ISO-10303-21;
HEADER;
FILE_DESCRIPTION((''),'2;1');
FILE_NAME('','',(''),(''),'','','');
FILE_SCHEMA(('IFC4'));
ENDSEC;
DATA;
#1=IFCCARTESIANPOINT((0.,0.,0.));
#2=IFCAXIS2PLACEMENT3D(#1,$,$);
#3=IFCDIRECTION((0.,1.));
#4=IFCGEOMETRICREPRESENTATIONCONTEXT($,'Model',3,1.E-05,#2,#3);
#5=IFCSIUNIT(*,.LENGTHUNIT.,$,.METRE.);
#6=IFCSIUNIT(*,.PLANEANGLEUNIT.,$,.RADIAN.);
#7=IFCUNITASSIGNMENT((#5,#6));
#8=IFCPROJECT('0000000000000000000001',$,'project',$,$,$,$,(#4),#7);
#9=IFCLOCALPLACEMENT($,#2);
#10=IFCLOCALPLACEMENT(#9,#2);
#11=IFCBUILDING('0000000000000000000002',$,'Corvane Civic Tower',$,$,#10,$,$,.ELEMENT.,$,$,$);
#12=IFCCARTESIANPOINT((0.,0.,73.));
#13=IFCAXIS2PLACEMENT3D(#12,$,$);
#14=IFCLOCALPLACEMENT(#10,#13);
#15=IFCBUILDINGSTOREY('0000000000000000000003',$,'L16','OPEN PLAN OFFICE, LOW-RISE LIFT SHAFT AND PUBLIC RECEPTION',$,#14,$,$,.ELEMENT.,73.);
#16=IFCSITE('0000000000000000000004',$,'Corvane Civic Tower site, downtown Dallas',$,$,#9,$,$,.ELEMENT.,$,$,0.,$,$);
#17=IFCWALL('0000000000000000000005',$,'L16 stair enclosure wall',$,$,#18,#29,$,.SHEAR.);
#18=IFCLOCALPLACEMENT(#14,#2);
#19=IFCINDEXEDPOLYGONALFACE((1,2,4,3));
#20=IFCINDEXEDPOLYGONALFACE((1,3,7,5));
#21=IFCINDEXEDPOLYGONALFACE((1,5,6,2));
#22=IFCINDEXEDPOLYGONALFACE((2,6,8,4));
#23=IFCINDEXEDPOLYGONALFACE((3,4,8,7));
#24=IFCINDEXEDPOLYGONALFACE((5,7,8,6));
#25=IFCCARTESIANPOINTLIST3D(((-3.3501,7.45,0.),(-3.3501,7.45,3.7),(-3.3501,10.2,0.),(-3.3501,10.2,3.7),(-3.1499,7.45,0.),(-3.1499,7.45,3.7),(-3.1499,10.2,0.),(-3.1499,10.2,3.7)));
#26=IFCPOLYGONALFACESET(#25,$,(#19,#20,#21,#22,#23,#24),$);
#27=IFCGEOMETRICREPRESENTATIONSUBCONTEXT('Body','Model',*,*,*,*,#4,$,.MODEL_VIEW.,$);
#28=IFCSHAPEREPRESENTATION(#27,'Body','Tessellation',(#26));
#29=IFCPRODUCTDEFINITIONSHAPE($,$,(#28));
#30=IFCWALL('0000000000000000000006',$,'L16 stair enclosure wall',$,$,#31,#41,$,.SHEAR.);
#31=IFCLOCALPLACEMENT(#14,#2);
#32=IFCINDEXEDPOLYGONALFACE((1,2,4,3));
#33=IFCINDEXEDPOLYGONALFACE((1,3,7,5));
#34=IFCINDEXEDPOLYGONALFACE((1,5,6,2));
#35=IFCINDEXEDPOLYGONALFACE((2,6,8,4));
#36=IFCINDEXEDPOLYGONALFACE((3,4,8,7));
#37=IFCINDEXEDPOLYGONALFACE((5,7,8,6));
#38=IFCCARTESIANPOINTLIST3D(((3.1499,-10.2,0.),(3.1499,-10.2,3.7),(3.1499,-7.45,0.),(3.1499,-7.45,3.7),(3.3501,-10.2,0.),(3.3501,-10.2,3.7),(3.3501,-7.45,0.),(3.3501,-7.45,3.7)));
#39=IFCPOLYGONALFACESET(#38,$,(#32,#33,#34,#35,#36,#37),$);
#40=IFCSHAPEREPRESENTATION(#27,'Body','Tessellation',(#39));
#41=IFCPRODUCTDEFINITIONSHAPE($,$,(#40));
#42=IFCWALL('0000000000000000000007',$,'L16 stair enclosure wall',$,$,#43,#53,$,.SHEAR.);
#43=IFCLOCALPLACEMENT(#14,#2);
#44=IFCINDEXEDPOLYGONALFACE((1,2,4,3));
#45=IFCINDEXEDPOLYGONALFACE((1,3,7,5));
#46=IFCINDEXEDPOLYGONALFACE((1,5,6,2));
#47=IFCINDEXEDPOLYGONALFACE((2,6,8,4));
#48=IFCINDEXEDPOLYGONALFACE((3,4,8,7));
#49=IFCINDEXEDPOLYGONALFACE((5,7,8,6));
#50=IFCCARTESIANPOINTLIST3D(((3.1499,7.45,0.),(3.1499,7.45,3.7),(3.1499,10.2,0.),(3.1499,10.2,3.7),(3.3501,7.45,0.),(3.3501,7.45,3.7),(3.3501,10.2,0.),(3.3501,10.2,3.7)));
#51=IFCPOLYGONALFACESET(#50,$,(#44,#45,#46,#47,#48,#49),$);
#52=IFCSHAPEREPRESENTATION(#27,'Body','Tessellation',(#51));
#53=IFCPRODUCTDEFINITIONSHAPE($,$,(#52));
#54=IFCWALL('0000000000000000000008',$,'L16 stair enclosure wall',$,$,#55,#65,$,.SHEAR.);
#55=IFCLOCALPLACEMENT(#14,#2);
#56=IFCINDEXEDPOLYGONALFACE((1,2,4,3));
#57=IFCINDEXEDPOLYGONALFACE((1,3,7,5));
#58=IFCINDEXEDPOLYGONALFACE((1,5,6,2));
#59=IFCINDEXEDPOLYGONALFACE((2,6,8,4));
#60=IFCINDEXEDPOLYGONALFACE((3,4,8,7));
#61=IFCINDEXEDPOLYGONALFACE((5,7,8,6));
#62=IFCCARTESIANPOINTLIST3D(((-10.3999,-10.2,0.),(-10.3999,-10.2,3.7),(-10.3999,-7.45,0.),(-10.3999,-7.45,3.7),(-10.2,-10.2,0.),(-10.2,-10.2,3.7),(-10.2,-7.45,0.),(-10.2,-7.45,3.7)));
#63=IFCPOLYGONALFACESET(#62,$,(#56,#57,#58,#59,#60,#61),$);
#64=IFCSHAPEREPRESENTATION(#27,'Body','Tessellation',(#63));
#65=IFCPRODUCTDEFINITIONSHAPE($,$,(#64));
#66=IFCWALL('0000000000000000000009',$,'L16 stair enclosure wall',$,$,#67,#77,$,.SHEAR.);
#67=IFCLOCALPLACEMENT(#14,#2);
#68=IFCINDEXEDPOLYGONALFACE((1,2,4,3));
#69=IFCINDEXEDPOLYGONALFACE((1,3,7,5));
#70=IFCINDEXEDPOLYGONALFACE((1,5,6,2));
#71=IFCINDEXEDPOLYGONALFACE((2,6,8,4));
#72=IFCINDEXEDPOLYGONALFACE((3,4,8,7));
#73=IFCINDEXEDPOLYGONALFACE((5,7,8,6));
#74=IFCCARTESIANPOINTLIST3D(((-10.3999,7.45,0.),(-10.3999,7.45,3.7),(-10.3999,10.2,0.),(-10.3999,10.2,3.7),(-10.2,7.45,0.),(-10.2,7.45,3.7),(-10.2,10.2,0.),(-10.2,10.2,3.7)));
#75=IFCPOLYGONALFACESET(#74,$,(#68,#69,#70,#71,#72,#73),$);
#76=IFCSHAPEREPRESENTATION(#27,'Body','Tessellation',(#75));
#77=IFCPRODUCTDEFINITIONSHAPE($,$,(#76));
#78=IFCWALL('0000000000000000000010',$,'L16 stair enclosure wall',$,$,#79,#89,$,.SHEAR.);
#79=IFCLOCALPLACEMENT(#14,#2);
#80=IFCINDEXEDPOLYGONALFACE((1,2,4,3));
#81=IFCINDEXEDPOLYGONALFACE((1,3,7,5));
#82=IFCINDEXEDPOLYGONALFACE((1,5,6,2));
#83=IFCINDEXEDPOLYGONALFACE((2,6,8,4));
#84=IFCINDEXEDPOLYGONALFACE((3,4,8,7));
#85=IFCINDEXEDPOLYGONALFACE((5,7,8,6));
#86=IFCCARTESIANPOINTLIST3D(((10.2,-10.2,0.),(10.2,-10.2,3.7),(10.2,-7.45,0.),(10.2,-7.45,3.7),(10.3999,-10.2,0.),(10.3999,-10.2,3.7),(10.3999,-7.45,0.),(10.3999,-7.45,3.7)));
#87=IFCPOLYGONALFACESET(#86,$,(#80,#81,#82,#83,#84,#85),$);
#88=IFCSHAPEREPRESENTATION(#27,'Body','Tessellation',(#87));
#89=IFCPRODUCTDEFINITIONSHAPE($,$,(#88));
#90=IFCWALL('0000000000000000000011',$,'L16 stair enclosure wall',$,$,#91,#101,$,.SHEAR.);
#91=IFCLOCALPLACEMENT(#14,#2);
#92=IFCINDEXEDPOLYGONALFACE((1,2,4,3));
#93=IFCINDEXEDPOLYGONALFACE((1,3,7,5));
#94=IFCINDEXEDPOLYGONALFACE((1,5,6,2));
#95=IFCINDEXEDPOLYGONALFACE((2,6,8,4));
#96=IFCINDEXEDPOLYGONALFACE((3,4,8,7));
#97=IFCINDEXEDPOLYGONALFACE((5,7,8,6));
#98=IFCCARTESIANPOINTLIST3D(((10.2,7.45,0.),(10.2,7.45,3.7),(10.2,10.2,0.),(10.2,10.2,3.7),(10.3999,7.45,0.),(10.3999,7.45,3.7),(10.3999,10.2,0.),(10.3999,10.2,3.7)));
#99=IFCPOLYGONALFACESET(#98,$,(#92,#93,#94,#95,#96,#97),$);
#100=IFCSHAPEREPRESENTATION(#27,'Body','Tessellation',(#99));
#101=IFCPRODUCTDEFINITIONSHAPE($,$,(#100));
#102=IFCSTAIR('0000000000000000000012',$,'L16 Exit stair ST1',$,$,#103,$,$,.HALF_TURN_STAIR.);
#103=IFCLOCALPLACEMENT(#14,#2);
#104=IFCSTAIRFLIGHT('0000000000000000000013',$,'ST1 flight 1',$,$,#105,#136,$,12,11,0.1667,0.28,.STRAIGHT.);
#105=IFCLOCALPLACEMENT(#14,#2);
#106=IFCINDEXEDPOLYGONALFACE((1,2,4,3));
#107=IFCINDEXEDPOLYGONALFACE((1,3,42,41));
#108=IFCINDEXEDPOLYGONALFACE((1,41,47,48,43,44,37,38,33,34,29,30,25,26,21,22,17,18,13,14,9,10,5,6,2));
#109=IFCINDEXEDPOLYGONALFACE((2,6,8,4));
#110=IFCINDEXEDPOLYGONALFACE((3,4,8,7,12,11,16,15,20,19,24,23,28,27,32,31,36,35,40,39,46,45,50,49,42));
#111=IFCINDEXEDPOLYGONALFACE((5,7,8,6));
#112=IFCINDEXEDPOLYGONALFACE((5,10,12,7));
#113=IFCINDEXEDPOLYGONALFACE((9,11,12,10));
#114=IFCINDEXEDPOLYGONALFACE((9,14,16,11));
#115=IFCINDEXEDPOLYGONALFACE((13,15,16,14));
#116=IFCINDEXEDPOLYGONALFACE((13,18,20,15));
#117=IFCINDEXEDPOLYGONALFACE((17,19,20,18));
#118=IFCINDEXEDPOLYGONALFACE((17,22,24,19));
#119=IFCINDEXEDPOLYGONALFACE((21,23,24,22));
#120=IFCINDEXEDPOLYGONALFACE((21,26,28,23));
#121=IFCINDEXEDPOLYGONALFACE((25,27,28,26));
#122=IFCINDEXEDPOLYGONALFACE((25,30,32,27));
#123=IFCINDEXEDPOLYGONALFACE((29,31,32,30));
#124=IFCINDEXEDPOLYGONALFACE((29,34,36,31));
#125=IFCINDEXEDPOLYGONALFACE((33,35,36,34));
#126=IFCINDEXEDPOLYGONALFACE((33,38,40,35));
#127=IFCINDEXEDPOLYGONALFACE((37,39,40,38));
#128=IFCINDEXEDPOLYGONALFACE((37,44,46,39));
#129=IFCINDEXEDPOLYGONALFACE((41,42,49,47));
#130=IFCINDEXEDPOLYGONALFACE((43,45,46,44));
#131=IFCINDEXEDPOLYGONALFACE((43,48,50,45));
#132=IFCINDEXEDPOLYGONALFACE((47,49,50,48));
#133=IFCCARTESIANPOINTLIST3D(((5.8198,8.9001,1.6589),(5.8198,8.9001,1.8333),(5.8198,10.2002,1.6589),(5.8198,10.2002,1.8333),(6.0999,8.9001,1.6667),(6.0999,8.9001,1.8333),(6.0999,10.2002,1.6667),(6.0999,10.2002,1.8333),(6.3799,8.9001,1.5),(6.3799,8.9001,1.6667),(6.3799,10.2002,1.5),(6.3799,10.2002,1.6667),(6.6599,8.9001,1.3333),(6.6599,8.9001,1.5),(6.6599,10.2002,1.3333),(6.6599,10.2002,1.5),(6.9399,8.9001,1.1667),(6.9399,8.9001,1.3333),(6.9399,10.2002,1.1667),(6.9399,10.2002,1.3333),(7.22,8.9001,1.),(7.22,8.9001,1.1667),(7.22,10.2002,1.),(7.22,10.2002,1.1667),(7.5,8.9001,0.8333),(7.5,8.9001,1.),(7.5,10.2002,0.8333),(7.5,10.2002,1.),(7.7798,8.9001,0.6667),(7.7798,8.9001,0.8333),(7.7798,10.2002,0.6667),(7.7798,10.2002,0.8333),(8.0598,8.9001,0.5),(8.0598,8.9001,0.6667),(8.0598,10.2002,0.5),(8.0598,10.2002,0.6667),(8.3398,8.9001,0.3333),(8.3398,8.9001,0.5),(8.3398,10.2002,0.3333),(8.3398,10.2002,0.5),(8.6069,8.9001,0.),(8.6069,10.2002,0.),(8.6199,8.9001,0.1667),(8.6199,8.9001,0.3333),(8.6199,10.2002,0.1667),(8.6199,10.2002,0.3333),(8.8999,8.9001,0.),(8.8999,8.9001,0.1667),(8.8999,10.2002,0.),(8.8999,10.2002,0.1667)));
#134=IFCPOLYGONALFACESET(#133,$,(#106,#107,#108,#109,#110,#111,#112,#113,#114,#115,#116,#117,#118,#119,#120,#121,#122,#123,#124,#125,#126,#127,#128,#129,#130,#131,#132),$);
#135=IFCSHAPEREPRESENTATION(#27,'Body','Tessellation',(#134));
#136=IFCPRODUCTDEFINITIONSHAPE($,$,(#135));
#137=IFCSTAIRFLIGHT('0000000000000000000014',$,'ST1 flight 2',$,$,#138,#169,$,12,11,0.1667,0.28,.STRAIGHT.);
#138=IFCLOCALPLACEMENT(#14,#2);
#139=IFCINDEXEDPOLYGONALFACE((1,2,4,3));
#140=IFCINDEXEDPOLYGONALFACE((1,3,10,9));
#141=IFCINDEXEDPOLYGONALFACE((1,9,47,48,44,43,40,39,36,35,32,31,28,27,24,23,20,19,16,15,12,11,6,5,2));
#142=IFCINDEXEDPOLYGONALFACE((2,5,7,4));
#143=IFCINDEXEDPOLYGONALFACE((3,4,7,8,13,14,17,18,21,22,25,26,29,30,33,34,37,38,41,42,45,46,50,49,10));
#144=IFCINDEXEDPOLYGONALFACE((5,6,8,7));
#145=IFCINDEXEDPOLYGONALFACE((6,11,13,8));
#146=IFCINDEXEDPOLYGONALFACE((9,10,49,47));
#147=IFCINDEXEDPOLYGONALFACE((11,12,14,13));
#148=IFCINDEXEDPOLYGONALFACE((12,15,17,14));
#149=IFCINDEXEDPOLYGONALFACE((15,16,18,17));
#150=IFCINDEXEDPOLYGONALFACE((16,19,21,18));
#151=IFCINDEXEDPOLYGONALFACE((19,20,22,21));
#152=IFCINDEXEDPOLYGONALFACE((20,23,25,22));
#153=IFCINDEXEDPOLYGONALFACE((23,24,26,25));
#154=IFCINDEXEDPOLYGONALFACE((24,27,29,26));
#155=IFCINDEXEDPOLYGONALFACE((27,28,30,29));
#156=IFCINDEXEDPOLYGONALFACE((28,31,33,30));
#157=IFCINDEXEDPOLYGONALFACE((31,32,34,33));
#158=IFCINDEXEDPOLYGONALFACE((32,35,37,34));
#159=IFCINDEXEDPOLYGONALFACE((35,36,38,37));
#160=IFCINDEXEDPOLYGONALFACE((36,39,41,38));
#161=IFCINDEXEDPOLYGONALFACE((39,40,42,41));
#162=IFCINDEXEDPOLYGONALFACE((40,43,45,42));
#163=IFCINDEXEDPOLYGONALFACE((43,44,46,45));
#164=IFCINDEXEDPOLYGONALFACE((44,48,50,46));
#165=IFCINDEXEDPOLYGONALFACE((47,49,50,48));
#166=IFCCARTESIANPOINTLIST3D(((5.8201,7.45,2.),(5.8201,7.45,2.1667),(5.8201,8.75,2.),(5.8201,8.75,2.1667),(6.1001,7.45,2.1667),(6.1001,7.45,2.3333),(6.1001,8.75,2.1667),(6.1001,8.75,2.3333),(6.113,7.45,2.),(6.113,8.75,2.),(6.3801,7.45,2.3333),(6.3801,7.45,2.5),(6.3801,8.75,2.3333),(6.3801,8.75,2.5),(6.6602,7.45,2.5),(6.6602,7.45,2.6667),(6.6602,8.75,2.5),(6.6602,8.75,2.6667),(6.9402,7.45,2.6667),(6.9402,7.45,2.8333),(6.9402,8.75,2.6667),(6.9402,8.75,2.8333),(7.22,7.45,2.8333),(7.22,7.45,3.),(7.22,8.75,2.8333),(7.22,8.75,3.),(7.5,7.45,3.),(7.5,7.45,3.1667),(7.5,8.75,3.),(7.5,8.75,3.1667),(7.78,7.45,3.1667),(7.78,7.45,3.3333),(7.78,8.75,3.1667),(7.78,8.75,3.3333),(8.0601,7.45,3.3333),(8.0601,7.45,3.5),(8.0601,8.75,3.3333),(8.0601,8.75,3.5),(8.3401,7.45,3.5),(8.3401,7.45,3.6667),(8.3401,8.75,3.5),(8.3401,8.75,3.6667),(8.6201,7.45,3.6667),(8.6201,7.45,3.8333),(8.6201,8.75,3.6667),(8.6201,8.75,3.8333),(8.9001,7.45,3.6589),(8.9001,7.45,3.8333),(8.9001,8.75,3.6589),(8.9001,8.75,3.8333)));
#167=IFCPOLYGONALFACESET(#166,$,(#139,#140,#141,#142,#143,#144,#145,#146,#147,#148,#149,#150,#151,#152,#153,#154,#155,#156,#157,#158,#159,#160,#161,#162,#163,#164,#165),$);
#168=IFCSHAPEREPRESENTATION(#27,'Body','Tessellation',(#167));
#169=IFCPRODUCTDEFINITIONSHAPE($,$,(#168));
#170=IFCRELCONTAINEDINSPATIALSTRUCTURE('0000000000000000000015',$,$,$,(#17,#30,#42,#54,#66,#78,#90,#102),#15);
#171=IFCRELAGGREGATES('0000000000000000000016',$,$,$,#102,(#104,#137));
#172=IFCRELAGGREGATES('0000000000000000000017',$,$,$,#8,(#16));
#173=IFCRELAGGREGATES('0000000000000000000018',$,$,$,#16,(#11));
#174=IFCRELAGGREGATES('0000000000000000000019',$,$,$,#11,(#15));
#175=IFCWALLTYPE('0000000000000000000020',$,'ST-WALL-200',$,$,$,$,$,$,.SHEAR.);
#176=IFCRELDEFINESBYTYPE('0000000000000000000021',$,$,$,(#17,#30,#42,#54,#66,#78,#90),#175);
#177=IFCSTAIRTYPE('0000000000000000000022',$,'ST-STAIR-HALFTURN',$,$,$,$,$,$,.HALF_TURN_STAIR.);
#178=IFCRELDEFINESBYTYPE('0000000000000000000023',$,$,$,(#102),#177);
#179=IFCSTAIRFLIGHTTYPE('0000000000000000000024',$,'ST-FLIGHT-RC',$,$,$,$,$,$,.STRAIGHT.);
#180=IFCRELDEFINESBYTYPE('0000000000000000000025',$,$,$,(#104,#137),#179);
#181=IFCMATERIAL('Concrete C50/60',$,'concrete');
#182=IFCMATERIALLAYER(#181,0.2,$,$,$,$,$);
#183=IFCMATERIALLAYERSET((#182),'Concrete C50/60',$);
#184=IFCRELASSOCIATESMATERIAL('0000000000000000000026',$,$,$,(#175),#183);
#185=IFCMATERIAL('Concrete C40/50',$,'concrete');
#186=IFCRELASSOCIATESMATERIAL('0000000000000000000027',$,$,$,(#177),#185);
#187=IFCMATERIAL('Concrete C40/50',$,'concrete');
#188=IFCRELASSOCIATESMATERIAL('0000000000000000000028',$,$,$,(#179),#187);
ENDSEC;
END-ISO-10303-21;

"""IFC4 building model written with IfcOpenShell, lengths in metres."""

from ifc_helpers import new_model, si_unit, direction, frame, origin, place, context, subcontext, project, spatial, polyline, outline, extrude, material, layer, layer_set, type_object, element, aggregate, save


model = new_model("IFC4")

# Units and contexts
model_context = context("Model", 3, precision=1e-05, world=origin(), true_north=direction((0.0, 1.0)))
body_context = subcontext(model_context, "Body", "Model", "MODEL_VIEW")
ifc_project = project(units=[si_unit("LENGTHUNIT", "METRE"), si_unit("PLANEANGLEUNIT", "RADIAN")], contexts=[model_context])

# Site, building, storey
site_placement = place(None, origin())
site = spatial("IfcSite", under=ifc_project, at=site_placement, Name="Corvane Civic Tower site, downtown Dallas", CompositionType="ELEMENT", RefElevation=0.0)
building_placement = place(site_placement, origin())
building = spatial("IfcBuilding", under=site, at=building_placement, Name="Corvane Civic Tower", CompositionType="ELEMENT")
storey_placement = place(building_placement, frame((0.0, 0.0, 73.0)))
storey = spatial("IfcBuildingStorey", under=building, at=storey_placement, Name="L16", Description="OPEN PLAN OFFICE, LOW-RISE LIFT SHAFT AND PUBLIC RECEPTION", CompositionType="ELEMENT", Elevation=73.0)

# Shared definitions
ifc_material_1 = material(Name="Concrete C50/60", Category="concrete")
ifc_layer_1 = layer(ifc_material_1, 0.2)
ifc_layer_set_1 = layer_set([ifc_layer_1], Name="Concrete C50/60")
wall_type_1 = type_object("IfcWallType", Name="ST-WALL-200", PredefinedType="SHEAR", material=ifc_layer_set_1)

# Walls
wall_1_placement = place(storey_placement, origin())
element("IfcWall", 1, at=wall_1_placement, inside=storey, type_object=wall_type_1, Name="L16 stair enclosure wall", PredefinedType="SHEAR", context=body_context, shape_type="SweptSolid", body=[
    extrude(outline(polyline([(-3.1499, 7.45), (-3.3501, 7.45), (-3.3501, 10.2), (-3.1499, 10.2), (-3.1499, 7.45)])), origin(), (0.0, 0.0, 1.0), 3.7),
])
wall_2_placement = place(storey_placement, origin())
element("IfcWall", 2, at=wall_2_placement, inside=storey, type_object=wall_type_1, Name="L16 stair enclosure wall", PredefinedType="SHEAR", context=body_context, shape_type="SweptSolid", body=[
    extrude(outline(polyline([(3.3501, -7.45), (3.3501, -10.2), (3.1499, -10.2), (3.1499, -7.45), (3.3501, -7.45)])), origin(), (0.0, 0.0, 1.0), 3.7),
])
wall_3_placement = place(storey_placement, origin())
element("IfcWall", 3, at=wall_3_placement, inside=storey, type_object=wall_type_1, Name="L16 stair enclosure wall", PredefinedType="SHEAR", context=body_context, shape_type="SweptSolid", body=[
    extrude(outline(polyline([(3.3501, 7.45), (3.1499, 7.45), (3.1499, 10.2), (3.3501, 10.2), (3.3501, 7.45)])), origin(), (0.0, 0.0, 1.0), 3.7),
])
wall_4_placement = place(storey_placement, origin())
element("IfcWall", 4, at=wall_4_placement, inside=storey, type_object=wall_type_1, Name="L16 stair enclosure wall", PredefinedType="SHEAR", context=body_context, shape_type="SweptSolid", body=[
    extrude(outline(polyline([(-10.2, -7.45), (-10.2, -10.2), (-10.3999, -10.2), (-10.3999, -7.45), (-10.2, -7.45)])), origin(), (0.0, 0.0, 1.0), 3.7),
])
wall_5_placement = place(storey_placement, origin())
element("IfcWall", 5, at=wall_5_placement, inside=storey, type_object=wall_type_1, Name="L16 stair enclosure wall", PredefinedType="SHEAR", context=body_context, shape_type="SweptSolid", body=[
    extrude(outline(polyline([(-10.2, 7.45), (-10.3999, 7.45), (-10.3999, 10.2), (-10.2, 10.2), (-10.2, 7.45)])), origin(), (0.0, 0.0, 1.0), 3.7),
])
wall_6_placement = place(storey_placement, origin())
element("IfcWall", 6, at=wall_6_placement, inside=storey, type_object=wall_type_1, Name="L16 stair enclosure wall", PredefinedType="SHEAR", context=body_context, shape_type="SweptSolid", body=[
    extrude(outline(polyline([(10.3999, -7.45), (10.3999, -10.2), (10.2, -10.2), (10.2, -7.45), (10.3999, -7.45)])), origin(), (0.0, 0.0, 1.0), 3.7),
])
wall_7_placement = place(storey_placement, origin())
element("IfcWall", 7, at=wall_7_placement, inside=storey, type_object=wall_type_1, Name="L16 stair enclosure wall", PredefinedType="SHEAR", context=body_context, shape_type="SweptSolid", body=[
    extrude(outline(polyline([(10.3999, 7.45), (10.2, 7.45), (10.2, 10.2), (10.3999, 10.2), (10.3999, 7.45)])), origin(), (0.0, 0.0, 1.0), 3.7),
])

# Stair, stair flights
ifc_material_2 = material(Name="Concrete C40/50", Category="concrete")
stair_type = type_object("IfcStairType", Name="ST-STAIR-HALFTURN", PredefinedType="HALF_TURN_STAIR", material=ifc_material_2)
stair_placement = place(storey_placement, origin())
stair = element("IfcStair", 8, at=stair_placement, inside=storey, type_object=stair_type, Name="L16 Exit stair ST1", PredefinedType="HALF_TURN_STAIR")
ifc_material_3 = material(Name="Concrete C40/50", Category="concrete")
stair_flight_type = type_object("IfcStairFlightType", Name="ST-FLIGHT-RC", PredefinedType="STRAIGHT", material=ifc_material_3)
stair_flight_1_placement = place(storey_placement, frame((8.8999, 9.55, 0.0), z_axis=(0.0, 0.0, 1.0), x_axis=(-1.0, 0.0, 0.0)))
stair_flight_1 = element("IfcStairFlight", 9, at=stair_flight_1_placement, type_object=stair_flight_type, Name="ST1 flight 1", NumberOfRisers=12, NumberOfTreads=11, PredefinedType="STRAIGHT", RiserHeight=0.1667, TreadLength=0.28, context=body_context, shape_type="SweptSolid", body=[
    extrude(outline(polyline([(0.0, 0.0), (0.0, 0.1667), (0.28, 0.1667), (0.28, 0.3333), (0.5601, 0.3333), (0.5601, 0.5), (0.8401, 0.5), (0.8401, 0.6667), (1.1201, 0.6667), (1.1201, 0.8333), (1.3999, 0.8333), (1.3999, 1.0), (1.6799, 1.0), (1.6799, 1.1667), (1.96, 1.1667), (1.96, 1.3333), (2.24, 1.3333), (2.24, 1.5), (2.52, 1.5), (2.52, 1.6667), (2.8, 1.6667), (2.8, 1.8333), (3.0801, 1.8333), (3.0801, 2.0), (3.0801, 1.6589), (0.293, 0.0), (0.0, 0.0)])), frame((0.0, 0.6499, 0.0), z_axis=(0.0, -1.0, 0.0), x_axis=(1.0, 0.0, 0.0)), (0.0, 0.0, 1.0), 1.3),
])
stair_flight_2_placement = place(storey_placement, frame((5.8201, 8.1001, 2.0), z_axis=(0.0, 0.0, 1.0), x_axis=(1.0, 0.0, 0.0)))
stair_flight_2 = element("IfcStairFlight", 10, at=stair_flight_2_placement, type_object=stair_flight_type, Name="ST1 flight 2", NumberOfRisers=12, NumberOfTreads=11, PredefinedType="STRAIGHT", RiserHeight=0.1667, TreadLength=0.28, context=body_context, shape_type="SweptSolid", body=[
    extrude(outline(polyline([(0.0, 0.0), (0.0, 0.1667), (0.28, 0.1667), (0.28, 0.3333), (0.5601, 0.3333), (0.5601, 0.5), (0.8401, 0.5), (0.8401, 0.6667), (1.1201, 0.6667), (1.1201, 0.8333), (1.3999, 0.8333), (1.3999, 1.0), (1.6799, 1.0), (1.6799, 1.1667), (1.96, 1.1667), (1.96, 1.3333), (2.24, 1.3333), (2.24, 1.5), (2.52, 1.5), (2.52, 1.6667), (2.8, 1.6667), (2.8, 1.8333), (3.0801, 1.8333), (3.0801, 2.0), (3.0801, 1.6589), (0.293, 0.0), (0.0, 0.0)])), frame((0.0, 0.6499, 0.0), z_axis=(0.0, -1.0, 0.0), x_axis=(1.0, 0.0, 0.0)), (0.0, 0.0, 1.0), 1.3),
])
aggregate(stair, [stair_flight_1, stair_flight_2])

save(model, "model.ifc")
